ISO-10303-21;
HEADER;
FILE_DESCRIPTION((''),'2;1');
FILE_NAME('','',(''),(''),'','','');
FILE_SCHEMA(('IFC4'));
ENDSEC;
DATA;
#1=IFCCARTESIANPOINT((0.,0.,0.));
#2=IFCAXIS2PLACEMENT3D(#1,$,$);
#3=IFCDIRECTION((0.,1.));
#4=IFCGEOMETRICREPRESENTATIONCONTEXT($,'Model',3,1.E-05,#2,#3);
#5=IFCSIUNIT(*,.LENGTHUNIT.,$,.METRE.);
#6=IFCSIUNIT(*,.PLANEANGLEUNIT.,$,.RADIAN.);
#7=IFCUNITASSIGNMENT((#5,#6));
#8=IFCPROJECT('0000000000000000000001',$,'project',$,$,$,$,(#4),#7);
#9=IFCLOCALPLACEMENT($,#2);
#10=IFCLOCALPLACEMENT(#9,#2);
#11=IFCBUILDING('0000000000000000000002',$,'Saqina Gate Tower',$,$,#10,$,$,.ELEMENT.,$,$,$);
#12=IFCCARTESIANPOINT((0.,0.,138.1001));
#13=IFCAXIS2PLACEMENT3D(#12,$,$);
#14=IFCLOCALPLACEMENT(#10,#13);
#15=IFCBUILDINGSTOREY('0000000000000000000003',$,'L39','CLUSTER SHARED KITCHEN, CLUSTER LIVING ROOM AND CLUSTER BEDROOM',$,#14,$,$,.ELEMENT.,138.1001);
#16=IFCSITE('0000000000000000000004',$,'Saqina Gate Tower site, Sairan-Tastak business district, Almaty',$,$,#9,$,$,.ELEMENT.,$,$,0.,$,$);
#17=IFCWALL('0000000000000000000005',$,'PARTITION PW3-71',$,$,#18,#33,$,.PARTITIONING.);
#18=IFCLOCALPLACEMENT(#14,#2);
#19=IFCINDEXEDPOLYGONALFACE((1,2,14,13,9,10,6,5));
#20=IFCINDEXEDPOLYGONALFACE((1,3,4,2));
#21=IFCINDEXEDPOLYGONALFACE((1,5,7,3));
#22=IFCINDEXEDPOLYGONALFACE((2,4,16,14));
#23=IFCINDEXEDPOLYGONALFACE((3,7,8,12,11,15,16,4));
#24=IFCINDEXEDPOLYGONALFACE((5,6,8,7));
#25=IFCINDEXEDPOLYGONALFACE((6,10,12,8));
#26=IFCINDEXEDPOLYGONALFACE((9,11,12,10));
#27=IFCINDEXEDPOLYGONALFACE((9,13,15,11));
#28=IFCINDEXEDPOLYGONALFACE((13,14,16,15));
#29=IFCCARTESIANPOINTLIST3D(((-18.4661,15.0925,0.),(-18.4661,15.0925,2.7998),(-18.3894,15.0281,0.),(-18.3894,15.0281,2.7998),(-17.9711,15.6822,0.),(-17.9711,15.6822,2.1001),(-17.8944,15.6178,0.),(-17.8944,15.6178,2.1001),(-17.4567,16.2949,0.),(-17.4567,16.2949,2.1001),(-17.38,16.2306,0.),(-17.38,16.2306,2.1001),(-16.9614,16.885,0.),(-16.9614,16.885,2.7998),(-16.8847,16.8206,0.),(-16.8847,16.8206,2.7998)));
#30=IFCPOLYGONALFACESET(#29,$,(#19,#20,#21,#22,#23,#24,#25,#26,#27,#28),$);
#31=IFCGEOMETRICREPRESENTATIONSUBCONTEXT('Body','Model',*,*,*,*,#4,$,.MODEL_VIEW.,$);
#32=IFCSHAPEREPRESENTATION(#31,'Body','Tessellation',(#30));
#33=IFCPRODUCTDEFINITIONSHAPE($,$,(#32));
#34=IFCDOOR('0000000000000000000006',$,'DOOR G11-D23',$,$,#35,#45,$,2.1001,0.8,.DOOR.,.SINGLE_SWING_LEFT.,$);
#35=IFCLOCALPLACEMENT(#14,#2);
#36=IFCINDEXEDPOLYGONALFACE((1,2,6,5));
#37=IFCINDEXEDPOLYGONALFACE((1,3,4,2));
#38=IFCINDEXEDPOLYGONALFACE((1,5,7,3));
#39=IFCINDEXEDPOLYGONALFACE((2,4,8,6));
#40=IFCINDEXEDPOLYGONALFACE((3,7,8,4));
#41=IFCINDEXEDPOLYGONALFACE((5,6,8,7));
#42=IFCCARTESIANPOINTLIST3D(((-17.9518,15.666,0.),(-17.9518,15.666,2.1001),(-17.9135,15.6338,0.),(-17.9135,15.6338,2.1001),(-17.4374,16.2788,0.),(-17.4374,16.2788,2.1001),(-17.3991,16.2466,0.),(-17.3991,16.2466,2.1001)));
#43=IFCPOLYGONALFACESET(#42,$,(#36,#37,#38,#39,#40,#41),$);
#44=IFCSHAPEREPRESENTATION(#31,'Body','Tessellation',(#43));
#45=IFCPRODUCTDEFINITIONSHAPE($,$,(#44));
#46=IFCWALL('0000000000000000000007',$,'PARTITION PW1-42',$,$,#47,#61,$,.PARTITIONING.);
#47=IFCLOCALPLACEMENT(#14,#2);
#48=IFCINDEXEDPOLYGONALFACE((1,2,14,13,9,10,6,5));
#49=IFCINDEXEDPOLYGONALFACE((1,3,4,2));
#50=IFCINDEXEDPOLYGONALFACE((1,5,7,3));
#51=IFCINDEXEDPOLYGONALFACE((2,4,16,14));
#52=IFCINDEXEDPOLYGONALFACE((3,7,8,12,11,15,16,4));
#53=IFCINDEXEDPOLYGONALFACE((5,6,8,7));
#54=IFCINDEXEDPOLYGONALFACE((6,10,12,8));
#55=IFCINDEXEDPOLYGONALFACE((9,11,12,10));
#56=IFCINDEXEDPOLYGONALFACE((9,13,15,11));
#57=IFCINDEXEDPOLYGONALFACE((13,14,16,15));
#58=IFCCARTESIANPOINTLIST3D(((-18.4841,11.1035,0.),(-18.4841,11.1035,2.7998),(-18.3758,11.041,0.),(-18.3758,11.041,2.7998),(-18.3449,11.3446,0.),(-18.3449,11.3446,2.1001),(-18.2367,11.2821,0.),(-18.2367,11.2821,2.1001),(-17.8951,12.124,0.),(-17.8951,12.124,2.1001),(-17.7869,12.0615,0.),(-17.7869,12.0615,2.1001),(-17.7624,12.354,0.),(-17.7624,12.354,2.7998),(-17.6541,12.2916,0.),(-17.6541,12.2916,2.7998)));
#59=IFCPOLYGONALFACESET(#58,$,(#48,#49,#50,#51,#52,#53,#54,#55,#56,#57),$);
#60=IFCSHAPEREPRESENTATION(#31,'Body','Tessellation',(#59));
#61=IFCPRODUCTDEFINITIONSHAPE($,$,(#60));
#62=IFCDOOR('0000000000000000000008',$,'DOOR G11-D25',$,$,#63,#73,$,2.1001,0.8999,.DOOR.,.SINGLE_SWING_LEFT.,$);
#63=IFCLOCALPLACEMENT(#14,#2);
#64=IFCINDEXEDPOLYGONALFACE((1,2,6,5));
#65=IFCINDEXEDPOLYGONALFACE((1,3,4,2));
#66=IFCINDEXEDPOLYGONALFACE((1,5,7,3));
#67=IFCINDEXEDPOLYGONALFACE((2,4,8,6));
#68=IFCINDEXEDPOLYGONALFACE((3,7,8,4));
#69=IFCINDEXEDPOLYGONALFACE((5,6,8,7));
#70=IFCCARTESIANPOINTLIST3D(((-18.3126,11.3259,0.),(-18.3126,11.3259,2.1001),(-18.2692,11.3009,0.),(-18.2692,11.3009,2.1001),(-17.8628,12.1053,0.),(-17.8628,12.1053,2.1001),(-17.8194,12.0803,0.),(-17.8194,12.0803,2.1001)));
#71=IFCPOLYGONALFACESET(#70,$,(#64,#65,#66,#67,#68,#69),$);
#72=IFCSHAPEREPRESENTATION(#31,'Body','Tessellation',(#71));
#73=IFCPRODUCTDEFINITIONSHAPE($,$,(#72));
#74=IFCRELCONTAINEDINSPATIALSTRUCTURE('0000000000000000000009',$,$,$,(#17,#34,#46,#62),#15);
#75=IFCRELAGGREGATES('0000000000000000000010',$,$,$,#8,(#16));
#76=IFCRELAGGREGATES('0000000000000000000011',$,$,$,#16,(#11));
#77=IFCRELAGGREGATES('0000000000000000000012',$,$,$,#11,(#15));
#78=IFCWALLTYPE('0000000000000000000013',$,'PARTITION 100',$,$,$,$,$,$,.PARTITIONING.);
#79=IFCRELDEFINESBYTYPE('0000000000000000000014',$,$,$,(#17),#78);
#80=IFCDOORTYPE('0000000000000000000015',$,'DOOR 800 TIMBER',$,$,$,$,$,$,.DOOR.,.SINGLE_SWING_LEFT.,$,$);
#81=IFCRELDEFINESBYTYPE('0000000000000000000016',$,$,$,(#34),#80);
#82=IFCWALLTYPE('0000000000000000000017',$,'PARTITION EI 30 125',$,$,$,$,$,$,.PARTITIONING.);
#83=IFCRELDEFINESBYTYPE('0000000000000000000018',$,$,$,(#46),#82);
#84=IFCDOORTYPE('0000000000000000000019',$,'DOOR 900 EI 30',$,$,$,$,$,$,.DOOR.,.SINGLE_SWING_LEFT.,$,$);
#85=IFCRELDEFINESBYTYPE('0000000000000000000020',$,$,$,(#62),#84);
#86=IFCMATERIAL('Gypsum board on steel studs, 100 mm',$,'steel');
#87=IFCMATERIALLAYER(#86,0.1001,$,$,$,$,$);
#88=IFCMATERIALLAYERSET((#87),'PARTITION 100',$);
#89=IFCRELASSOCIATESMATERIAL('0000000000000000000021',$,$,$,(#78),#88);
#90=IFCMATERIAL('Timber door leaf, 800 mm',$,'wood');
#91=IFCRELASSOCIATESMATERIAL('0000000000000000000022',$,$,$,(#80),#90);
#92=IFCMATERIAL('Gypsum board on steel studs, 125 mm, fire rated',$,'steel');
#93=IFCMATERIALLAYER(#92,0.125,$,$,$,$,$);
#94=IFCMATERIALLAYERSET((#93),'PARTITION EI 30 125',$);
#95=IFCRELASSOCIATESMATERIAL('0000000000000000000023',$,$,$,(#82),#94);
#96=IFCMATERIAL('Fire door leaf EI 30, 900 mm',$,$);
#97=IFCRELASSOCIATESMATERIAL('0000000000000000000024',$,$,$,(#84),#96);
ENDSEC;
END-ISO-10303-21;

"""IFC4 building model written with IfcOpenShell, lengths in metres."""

from ifc_helpers import new_model, si_unit, direction, frame, frame_2d, origin, place, context, subcontext, project, spatial, rectangle, extrude, material, layer, layer_set, type_object, element, fill, save


model = new_model("IFC4")

# Units and contexts
model_context = context("Model", 3, precision=1e-05, world=origin(), true_north=direction((0.0, 1.0)))
body_context = subcontext(model_context, "Body", "Model", "MODEL_VIEW")
ifc_project = project(units=[si_unit("LENGTHUNIT", "METRE"), si_unit("PLANEANGLEUNIT", "RADIAN")], contexts=[model_context])

# Site, building, storey
site_placement = place(None, origin())
site = spatial("IfcSite", under=ifc_project, at=site_placement, Name="Saqina Gate Tower site, Sairan-Tastak business district, Almaty", CompositionType="ELEMENT", RefElevation=0.0)
building_placement = place(site_placement, origin())
building = spatial("IfcBuilding", under=site, at=building_placement, Name="Saqina Gate Tower", CompositionType="ELEMENT")
storey_placement = place(building_placement, frame((0.0, 0.0, 138.1001)))
storey = spatial("IfcBuildingStorey", under=building, at=storey_placement, Name="L39", Description="CLUSTER SHARED KITCHEN, CLUSTER LIVING ROOM AND CLUSTER BEDROOM", CompositionType="ELEMENT", Elevation=138.1001)

# Shared definitions
ifc_material_1 = material(Name="Gypsum board on steel studs, 100 mm", Category="steel")
ifc_layer_1 = layer(ifc_material_1, 0.1001)
ifc_layer_set_1 = layer_set([ifc_layer_1], Name="PARTITION 100")
wall_type_1 = type_object("IfcWallType", Name="PARTITION 100", PredefinedType="PARTITIONING", material=ifc_layer_set_1)

# Walls, openings, doors
wall_1_placement = place(storey_placement, frame((-18.4277, 15.0603, 0.0), z_axis=(0.0, 0.0, 1.0), x_axis=(0.64293, 0.765925, 0.0)))
wall_1 = element("IfcWall", 1, at=wall_1_placement, inside=storey, type_object=wall_type_1, Name="PARTITION PW3-71", PredefinedType="PARTITIONING", context=body_context, shape_type="SweptSolid", body=[
    extrude(rectangle(XDim=2.3403, YDim=0.1001, at=frame_2d((1.1702, 0.0))), origin(), (0.0, 0.0, 1.0), 2.7998),
])
opening_1_placement = place(wall_1_placement, frame((0.77, 0.0, 0.0)))
opening_1 = element("IfcOpeningElement", 2, at=opening_1_placement, cuts=wall_1, PredefinedType="OPENING", context=body_context, shape_type="SweptSolid", body=[
    extrude(rectangle(XDim=0.8, YDim=2.1001, at=frame_2d((0.3999, 1.05))), frame((0.0, 0.062, 0.0), z_axis=(0.0, -1.0, 0.0), x_axis=(1.0, 0.0, 0.0)), (0.0, 0.0, 1.0), 0.124),
])
ifc_material_2 = material(Name="Timber door leaf, 800 mm", Category="wood")
door_type_1 = type_object("IfcDoorType", Name="DOOR 800 TIMBER", OperationType="SINGLE_SWING_LEFT", PredefinedType="DOOR", material=ifc_material_2)
door_1_placement = place(opening_1_placement, origin())
door_1 = element("IfcDoor", 3, at=door_1_placement, inside=storey, type_object=door_type_1, Name="DOOR G11-D23", OperationType="SINGLE_SWING_LEFT", OverallHeight=2.1001, OverallWidth=0.8, PredefinedType="DOOR", context=body_context, shape_type="SweptSolid", body=[
    extrude(rectangle(XDim=0.8, YDim=2.1001, at=frame_2d((0.3999, 1.05))), frame((0.0, 0.0249, 0.0), z_axis=(0.0, -1.0, 0.0), x_axis=(1.0, 0.0, 0.0)), (0.0, 0.0, 1.0), 0.05),
])
fill(opening_1, door_1)
ifc_material_3 = material(Name="Gypsum board on steel studs, 125 mm, fire rated", Category="steel")
ifc_layer_2 = layer(ifc_material_3, 0.125)
ifc_layer_set_2 = layer_set([ifc_layer_2], Name="PARTITION EI 30 125")
wall_type_2 = type_object("IfcWallType", Name="PARTITION EI 30 125", PredefinedType="PARTITIONING", material=ifc_layer_set_2)
wall_2_placement = place(storey_placement, frame((-18.4299, 11.0723, 0.0), z_axis=(0.0, 0.0, 1.0), x_axis=(0.499849, 0.866112, 0.0)))
wall_2 = element("IfcWall", 4, at=wall_2_placement, inside=storey, type_object=wall_type_2, Name="PARTITION PW1-42", PredefinedType="PARTITIONING", context=body_context, shape_type="SweptSolid", body=[
    extrude(rectangle(XDim=1.4438, YDim=0.125, at=frame_2d((0.7219, 0.0))), origin(), (0.0, 0.0, 1.0), 2.7998),
])
opening_2_placement = place(wall_2_placement, frame((0.2783, 0.0, 0.0)))
opening_2 = element("IfcOpeningElement", 5, at=opening_2_placement, cuts=wall_2, PredefinedType="OPENING", context=body_context, shape_type="SweptSolid", body=[
    extrude(rectangle(XDim=0.8999, YDim=2.1001, at=frame_2d((0.45, 1.05))), frame((0.0, 0.0745, 0.0), z_axis=(0.0, -1.0, 0.0), x_axis=(1.0, 0.0, 0.0)), (0.0, 0.0, 1.0), 0.1489),
])
ifc_material_4 = material(Name="Fire door leaf EI 30, 900 mm")
door_type_2 = type_object("IfcDoorType", Name="DOOR 900 EI 30", OperationType="SINGLE_SWING_LEFT", PredefinedType="DOOR", material=ifc_material_4)
door_2_placement = place(opening_2_placement, frame((0.8999, 0.0, 0.0), z_axis=(0.0, 0.0, 1.0), x_axis=(-1.0, 0.0, 0.0)))
door_2 = element("IfcDoor", 6, at=door_2_placement, inside=storey, type_object=door_type_2, Name="DOOR G11-D25", OperationType="SINGLE_SWING_LEFT", OverallHeight=2.1001, OverallWidth=0.8999, PredefinedType="DOOR", context=body_context, shape_type="SweptSolid", body=[
    extrude(rectangle(XDim=0.8999, YDim=2.1001, at=frame_2d((0.45, 1.05))), frame((0.0, 0.0249, 0.0), z_axis=(0.0, -1.0, 0.0), x_axis=(1.0, 0.0, 0.0)), (0.0, 0.0, 1.0), 0.05),
])
fill(opening_2, door_2)

save(model, "model.ifc")
